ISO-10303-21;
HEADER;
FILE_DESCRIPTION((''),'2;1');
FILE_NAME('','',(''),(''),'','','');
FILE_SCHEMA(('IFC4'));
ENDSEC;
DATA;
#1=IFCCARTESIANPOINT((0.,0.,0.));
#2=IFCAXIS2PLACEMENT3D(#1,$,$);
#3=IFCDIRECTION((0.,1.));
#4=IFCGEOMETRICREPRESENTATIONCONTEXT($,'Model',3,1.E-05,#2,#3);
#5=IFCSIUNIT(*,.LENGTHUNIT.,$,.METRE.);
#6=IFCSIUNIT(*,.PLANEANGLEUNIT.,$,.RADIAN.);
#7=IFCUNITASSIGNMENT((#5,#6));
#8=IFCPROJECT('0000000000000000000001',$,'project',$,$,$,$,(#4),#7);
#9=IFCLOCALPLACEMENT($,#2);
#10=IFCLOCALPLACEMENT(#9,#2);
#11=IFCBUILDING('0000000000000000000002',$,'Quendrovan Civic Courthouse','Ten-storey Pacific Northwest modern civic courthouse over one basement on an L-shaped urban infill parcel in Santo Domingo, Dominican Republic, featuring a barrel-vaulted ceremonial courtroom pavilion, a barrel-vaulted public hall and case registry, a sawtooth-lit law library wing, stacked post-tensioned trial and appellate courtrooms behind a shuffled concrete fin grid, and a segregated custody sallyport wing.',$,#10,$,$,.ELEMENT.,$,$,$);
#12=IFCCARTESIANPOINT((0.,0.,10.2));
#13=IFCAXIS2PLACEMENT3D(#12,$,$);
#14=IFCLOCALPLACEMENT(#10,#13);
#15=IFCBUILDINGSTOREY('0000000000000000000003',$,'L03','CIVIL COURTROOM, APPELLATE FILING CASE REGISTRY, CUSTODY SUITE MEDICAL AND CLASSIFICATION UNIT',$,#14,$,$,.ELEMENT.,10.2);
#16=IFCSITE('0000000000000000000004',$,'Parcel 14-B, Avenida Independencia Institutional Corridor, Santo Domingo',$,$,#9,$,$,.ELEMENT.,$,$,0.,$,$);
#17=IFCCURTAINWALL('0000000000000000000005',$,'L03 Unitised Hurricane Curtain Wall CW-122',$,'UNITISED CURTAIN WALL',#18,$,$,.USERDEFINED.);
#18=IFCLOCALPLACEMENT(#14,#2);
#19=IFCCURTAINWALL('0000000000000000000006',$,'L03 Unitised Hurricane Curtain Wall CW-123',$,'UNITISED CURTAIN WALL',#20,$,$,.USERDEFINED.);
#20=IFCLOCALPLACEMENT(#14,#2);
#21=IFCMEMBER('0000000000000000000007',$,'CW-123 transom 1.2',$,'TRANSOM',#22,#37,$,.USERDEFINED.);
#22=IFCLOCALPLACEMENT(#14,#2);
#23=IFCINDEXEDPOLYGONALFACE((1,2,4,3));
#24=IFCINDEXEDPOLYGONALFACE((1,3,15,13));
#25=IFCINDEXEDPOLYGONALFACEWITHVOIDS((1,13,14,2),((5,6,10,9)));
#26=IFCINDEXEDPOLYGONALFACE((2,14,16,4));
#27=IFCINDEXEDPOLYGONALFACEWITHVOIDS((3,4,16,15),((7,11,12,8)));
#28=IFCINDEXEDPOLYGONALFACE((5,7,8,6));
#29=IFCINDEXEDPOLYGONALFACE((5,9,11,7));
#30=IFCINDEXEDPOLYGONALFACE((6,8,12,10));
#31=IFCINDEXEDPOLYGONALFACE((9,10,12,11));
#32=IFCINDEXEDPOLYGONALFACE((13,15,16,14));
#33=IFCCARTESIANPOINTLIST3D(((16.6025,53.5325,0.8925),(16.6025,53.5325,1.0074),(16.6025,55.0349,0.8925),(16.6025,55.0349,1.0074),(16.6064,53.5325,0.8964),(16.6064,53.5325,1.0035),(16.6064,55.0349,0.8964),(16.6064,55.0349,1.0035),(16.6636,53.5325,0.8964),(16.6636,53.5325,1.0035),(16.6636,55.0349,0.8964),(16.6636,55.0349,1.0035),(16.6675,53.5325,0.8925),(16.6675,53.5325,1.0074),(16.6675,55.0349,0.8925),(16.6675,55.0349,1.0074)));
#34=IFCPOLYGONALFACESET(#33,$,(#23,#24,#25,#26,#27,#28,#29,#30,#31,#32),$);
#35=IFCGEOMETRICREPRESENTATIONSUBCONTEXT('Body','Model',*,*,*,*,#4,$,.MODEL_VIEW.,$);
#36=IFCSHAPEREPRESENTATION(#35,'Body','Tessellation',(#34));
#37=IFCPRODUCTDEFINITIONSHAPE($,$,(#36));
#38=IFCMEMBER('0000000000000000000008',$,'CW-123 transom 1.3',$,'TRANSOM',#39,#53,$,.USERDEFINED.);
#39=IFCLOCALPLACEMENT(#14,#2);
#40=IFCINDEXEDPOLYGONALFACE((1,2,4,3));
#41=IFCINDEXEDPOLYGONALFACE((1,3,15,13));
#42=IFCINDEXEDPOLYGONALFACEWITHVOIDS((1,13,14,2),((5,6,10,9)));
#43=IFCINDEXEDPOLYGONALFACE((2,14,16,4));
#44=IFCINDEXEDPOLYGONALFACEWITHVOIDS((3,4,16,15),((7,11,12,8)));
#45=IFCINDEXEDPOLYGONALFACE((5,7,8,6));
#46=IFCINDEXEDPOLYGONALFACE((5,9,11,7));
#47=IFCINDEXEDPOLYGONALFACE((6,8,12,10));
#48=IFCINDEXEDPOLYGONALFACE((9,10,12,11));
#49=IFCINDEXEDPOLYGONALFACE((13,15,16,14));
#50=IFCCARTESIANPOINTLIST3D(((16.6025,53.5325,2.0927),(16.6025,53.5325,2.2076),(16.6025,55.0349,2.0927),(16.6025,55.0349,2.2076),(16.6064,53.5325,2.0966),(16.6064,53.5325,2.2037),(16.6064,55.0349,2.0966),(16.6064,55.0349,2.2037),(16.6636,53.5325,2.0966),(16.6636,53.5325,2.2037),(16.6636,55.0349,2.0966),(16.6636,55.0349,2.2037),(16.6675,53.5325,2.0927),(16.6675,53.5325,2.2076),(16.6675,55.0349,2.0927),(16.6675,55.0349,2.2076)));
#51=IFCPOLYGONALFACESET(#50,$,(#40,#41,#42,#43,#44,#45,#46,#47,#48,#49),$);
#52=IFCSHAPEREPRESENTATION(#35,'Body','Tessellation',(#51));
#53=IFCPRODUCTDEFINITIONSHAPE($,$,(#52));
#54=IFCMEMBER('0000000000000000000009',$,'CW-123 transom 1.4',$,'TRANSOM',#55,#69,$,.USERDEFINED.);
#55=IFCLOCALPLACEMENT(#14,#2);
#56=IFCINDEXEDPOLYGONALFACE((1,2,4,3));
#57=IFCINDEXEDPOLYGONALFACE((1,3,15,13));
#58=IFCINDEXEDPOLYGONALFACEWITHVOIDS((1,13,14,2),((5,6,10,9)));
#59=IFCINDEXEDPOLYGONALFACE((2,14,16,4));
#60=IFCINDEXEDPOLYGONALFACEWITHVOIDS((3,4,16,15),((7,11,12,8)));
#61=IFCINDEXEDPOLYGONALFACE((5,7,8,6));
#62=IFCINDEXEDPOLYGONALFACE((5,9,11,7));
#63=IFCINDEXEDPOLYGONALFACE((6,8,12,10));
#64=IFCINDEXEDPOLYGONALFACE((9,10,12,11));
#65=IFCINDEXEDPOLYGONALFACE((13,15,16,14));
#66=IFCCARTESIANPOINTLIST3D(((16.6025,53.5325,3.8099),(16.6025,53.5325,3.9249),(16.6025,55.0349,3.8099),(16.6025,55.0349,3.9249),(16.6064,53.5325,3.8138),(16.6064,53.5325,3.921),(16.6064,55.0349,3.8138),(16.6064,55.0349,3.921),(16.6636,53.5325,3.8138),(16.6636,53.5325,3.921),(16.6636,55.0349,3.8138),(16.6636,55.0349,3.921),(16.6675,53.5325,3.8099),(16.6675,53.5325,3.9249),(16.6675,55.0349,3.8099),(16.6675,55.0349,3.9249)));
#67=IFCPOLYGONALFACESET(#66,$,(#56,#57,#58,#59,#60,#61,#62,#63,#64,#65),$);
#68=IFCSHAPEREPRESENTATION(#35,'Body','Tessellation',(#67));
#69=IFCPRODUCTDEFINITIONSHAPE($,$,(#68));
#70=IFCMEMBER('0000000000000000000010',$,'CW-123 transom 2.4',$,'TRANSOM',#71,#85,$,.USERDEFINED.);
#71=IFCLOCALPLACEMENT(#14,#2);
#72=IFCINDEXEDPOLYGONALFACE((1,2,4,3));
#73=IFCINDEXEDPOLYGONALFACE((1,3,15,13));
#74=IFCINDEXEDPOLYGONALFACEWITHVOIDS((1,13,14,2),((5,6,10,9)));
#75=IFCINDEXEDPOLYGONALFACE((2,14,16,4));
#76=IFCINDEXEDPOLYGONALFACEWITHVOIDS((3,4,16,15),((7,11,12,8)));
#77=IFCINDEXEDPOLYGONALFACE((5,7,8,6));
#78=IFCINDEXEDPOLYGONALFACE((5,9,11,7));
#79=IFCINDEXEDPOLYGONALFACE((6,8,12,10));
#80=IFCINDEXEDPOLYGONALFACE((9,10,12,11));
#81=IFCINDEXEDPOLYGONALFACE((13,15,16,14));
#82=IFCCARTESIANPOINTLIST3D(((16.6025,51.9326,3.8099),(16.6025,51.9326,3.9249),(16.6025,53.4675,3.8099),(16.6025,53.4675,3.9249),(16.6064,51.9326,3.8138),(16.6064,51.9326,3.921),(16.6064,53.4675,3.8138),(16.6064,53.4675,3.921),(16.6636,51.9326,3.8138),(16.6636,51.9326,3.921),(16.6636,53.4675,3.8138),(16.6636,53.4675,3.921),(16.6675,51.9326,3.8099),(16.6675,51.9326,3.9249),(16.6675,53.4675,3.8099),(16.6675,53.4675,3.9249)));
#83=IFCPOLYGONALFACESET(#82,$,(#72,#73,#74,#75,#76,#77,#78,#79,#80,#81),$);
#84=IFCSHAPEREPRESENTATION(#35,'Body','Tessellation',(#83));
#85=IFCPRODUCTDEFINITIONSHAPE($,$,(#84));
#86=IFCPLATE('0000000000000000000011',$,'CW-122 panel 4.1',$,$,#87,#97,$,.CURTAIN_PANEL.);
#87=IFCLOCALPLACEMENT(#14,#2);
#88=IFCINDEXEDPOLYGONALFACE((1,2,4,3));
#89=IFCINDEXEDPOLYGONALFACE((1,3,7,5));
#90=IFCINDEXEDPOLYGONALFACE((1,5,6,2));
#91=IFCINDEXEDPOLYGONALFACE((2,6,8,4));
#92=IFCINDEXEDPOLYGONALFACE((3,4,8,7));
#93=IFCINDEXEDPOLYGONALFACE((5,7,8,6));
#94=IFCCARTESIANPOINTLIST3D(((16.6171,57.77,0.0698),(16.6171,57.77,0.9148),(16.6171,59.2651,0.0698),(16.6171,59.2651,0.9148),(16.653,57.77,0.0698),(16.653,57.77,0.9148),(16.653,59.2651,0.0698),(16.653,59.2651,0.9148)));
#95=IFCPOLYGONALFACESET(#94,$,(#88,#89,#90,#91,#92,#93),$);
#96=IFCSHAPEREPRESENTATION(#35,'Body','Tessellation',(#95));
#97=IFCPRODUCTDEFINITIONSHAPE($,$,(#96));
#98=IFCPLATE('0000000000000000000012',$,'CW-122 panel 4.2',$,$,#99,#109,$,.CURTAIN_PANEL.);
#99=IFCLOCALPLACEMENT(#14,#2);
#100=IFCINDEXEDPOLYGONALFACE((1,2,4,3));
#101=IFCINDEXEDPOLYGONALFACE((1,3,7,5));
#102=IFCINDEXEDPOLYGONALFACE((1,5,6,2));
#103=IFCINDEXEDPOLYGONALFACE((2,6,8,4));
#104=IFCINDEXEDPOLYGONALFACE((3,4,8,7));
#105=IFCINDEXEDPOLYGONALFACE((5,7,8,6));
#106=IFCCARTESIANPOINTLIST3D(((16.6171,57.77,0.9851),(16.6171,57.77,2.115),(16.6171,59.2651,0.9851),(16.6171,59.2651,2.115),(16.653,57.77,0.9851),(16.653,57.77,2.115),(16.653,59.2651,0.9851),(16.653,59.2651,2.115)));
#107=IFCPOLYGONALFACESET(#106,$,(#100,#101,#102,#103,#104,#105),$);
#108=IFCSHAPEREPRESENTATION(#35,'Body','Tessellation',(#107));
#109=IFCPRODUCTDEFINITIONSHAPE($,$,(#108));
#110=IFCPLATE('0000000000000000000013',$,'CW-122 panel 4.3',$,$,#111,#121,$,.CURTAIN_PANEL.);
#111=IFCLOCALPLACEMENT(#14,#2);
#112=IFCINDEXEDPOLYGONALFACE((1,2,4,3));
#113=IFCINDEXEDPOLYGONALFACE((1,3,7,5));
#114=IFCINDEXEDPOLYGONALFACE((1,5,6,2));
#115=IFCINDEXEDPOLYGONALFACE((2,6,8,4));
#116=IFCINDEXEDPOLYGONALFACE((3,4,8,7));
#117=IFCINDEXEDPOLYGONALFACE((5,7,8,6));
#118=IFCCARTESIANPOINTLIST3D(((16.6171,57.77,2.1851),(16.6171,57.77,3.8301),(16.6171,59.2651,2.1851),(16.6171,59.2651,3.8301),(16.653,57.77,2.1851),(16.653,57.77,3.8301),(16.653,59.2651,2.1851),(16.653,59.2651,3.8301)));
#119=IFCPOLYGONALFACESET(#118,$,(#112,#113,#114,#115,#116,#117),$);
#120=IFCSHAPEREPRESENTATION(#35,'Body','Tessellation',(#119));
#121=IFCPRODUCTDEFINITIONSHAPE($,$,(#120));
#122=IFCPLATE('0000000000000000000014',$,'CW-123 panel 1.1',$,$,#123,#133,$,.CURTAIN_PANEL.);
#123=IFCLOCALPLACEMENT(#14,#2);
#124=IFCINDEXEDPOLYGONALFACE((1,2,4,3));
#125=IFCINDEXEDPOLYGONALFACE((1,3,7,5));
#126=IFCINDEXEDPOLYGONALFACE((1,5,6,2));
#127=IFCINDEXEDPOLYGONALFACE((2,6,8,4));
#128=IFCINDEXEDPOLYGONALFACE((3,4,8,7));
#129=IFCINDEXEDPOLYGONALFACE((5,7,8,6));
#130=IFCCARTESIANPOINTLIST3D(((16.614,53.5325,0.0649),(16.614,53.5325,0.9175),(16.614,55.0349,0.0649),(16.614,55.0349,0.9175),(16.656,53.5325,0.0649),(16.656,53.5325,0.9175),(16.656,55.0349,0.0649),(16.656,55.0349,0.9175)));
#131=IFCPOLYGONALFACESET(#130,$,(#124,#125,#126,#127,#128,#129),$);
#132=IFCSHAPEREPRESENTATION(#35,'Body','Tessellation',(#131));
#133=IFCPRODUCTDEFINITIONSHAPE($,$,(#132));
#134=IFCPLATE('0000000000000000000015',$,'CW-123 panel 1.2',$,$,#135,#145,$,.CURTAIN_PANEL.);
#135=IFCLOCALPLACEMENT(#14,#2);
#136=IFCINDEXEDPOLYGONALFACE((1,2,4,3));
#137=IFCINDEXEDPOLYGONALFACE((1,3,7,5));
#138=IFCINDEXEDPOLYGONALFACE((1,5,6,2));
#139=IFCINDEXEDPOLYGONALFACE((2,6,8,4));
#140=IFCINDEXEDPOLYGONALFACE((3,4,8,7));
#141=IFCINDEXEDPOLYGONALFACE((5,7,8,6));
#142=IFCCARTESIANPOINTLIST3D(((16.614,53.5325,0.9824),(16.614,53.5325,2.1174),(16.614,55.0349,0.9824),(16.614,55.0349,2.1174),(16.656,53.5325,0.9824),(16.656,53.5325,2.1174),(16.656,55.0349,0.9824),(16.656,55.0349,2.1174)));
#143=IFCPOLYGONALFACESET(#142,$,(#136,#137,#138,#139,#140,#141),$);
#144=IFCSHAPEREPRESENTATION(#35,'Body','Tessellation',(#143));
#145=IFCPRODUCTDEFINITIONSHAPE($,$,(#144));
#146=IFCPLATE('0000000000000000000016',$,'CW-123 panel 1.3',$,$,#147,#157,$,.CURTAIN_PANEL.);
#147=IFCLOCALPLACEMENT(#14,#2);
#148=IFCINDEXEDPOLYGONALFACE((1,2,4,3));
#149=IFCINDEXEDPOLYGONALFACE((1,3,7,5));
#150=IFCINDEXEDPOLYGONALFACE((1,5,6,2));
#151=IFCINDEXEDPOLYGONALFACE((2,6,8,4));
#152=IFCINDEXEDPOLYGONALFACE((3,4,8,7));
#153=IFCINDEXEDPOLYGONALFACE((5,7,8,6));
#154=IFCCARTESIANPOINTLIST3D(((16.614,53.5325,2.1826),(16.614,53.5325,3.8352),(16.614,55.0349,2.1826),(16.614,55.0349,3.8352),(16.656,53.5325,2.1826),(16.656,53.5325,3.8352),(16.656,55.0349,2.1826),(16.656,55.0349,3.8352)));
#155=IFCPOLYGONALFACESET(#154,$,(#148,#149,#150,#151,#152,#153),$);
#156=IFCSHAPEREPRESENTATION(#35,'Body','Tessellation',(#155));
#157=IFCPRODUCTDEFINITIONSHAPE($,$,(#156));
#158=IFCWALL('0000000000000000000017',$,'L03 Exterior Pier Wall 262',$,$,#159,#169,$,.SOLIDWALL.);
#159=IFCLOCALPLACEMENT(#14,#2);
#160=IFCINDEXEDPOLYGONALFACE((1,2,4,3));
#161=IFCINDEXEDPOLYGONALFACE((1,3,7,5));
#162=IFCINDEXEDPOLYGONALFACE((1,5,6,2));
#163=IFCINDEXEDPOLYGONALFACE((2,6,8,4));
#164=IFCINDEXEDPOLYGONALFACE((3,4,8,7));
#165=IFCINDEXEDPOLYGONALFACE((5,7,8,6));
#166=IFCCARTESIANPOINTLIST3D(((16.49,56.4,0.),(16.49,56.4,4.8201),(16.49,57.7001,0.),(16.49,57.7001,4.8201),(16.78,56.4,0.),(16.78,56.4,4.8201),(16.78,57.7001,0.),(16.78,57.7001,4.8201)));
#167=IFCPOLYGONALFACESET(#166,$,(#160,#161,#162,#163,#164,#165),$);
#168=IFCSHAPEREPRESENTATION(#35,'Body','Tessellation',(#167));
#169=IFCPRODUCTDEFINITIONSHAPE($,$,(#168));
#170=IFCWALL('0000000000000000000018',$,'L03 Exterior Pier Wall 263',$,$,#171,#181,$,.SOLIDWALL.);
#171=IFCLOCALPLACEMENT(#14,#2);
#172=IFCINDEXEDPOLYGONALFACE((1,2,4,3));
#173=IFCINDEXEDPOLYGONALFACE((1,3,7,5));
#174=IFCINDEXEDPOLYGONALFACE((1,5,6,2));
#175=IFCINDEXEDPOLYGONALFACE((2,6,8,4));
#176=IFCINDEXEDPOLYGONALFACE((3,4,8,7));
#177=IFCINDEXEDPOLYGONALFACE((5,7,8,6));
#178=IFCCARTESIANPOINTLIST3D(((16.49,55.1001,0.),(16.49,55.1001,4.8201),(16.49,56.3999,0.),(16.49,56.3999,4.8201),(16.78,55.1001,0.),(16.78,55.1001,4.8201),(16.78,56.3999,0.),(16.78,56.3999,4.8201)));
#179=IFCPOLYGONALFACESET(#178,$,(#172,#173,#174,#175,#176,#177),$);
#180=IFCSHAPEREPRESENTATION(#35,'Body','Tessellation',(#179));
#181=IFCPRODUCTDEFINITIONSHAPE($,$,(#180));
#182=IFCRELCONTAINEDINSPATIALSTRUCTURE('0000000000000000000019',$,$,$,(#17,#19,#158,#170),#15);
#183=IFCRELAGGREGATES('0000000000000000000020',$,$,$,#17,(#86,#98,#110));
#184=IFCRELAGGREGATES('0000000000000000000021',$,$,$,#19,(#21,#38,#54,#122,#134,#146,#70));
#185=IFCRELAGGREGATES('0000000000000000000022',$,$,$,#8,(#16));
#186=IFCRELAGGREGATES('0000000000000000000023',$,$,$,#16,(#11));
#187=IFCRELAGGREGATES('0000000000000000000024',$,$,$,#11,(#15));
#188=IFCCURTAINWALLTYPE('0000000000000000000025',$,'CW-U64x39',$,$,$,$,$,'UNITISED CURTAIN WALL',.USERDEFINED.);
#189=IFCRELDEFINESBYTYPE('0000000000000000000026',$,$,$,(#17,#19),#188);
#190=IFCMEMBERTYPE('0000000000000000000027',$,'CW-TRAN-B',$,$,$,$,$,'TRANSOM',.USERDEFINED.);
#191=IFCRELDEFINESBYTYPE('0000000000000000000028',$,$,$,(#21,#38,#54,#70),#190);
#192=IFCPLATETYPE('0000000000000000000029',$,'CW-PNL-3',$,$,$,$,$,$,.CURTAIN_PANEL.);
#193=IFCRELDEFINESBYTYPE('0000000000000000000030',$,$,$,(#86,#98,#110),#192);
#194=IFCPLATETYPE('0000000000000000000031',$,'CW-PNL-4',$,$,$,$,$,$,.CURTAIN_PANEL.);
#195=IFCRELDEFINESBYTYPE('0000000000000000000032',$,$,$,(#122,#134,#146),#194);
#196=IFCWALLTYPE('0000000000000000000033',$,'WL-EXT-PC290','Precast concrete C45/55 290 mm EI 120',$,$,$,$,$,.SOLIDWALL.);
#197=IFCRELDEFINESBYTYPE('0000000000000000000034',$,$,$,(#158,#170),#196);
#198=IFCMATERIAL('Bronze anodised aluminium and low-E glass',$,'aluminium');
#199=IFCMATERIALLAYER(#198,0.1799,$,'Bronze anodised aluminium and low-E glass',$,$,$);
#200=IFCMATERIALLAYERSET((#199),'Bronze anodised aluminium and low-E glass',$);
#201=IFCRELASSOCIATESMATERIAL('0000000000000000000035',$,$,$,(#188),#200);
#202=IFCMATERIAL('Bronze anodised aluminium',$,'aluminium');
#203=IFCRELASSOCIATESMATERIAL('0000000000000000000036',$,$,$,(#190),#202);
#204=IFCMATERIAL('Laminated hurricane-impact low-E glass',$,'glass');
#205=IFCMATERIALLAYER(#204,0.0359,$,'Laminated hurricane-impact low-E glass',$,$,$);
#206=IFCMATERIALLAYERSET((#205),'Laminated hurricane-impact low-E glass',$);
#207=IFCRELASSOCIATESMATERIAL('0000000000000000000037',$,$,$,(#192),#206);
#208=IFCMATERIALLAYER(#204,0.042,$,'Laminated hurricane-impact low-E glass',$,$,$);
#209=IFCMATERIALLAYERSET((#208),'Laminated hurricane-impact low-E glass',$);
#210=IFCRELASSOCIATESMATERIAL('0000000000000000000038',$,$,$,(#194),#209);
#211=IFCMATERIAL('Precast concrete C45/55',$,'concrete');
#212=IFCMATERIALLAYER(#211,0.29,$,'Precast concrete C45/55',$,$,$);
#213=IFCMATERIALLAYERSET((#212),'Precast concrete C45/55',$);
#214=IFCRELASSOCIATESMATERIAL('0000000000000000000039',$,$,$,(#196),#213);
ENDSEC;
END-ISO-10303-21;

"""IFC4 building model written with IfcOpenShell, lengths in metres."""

from ifc_helpers import new_model, si_unit, direction, frame, frame_2d, origin, origin_2d, place, context, subcontext, project, spatial, rectangle, hollow_rectangle, extrude, material, layer, layer_set, material_profile, profile_set, type_object, element, aggregate, save


model = new_model("IFC4")

# Units and contexts
model_context = context("Model", 3, precision=1e-05, world=origin(), true_north=direction((0.0, 1.0)))
body_context = subcontext(model_context, "Body", "Model", "MODEL_VIEW")
ifc_project = project(units=[si_unit("LENGTHUNIT", "METRE"), si_unit("PLANEANGLEUNIT", "RADIAN")], contexts=[model_context])

# Site, building, storey
site_placement = place(None, origin())
site = spatial("IfcSite", under=ifc_project, at=site_placement, Name="Parcel 14-B, Avenida Independencia Institutional Corridor, Santo Domingo", CompositionType="ELEMENT", RefElevation=0.0)
building_placement = place(site_placement, origin())
building = spatial("IfcBuilding", under=site, at=building_placement, Name="Quendrovan Civic Courthouse", Description="Ten-storey Pacific Northwest modern civic courthouse over one basement on an L-shaped urban infill parcel in Santo Domingo, Dominican Republic, featuring a barrel-vaulted ceremonial courtroom pavilion, a barrel-vaulted public hall and case registry, a sawtooth-lit law library wing, stacked post-tensioned trial and appellate courtrooms behind a shuffled concrete fin grid, and a segregated custody sallyport wing.", CompositionType="ELEMENT")
storey_placement = place(building_placement, frame((0.0, 0.0, 10.2)))
storey = spatial("IfcBuildingStorey", under=building, at=storey_placement, Name="L03", Description="CIVIL COURTROOM, APPELLATE FILING CASE REGISTRY, CUSTODY SUITE MEDICAL AND CLASSIFICATION UNIT", CompositionType="ELEMENT", Elevation=10.2)

# Curtain wall
ifc_material_1 = material(Name="Bronze anodised aluminium and low-E glass", Category="aluminium")
ifc_layer_1 = layer(ifc_material_1, 0.1799, Name="Bronze anodised aluminium and low-E glass")
ifc_layer_set_1 = layer_set([ifc_layer_1], Name="Bronze anodised aluminium and low-E glass")
curtain_wall_type = type_object("IfcCurtainWallType", Name="CW-U64x39", ElementType="UNITISED CURTAIN WALL", PredefinedType="USERDEFINED", material=ifc_layer_set_1)
curtain_wall_1_placement = place(storey_placement, origin())
curtain_wall_1 = element("IfcCurtainWall", 1, at=curtain_wall_1_placement, inside=storey, type_object=curtain_wall_type, Name="L03 Unitised Hurricane Curtain Wall CW-122", ObjectType="UNITISED CURTAIN WALL", PredefinedType="USERDEFINED")
ifc_material_2 = material(Name="Bronze anodised aluminium", Category="aluminium")

# Curtain wall
curtain_wall_2_placement = place(storey_placement, origin())
curtain_wall_2 = element("IfcCurtainWall", 2, at=curtain_wall_2_placement, inside=storey, type_object=curtain_wall_type, Name="L03 Unitised Hurricane Curtain Wall CW-123", ObjectType="UNITISED CURTAIN WALL", PredefinedType="USERDEFINED")

# Members
ifc_material_profile_1 = material_profile(ifc_material_2, hollow_rectangle(XDim=0.0649, YDim=0.115, WallThickness=0.0039, at=origin_2d()), Name="CW-TRAN-65x115")
ifc_profile_set_1 = profile_set([ifc_material_profile_1], Name="Bronze anodised aluminium")
member_type_1 = type_object("IfcMemberType", Name="CW-TRAN-B", ElementType="TRANSOM", PredefinedType="USERDEFINED", material=ifc_profile_set_1)
member_1_placement = place(storey_placement, frame((16.635, 55.0349, 0.95), z_axis=(0.0, -1.0, 0.0), x_axis=(1.0, 0.0, 0.0)))
member_1 = element("IfcMember", 3, at=member_1_placement, type_object=member_type_1, Name="CW-123 transom 1.2", ObjectType="TRANSOM", PredefinedType="USERDEFINED", context=body_context, shape_type="SweptSolid", body=[
    extrude(hollow_rectangle(XDim=0.0649, YDim=0.115, WallThickness=0.0039, at=origin_2d()), origin(), (0.0, 0.0, 1.0), 1.5024),
])
member_2_placement = place(storey_placement, frame((16.635, 55.0349, 2.1501), z_axis=(0.0, -1.0, 0.0), x_axis=(1.0, 0.0, 0.0)))
member_2 = element("IfcMember", 4, at=member_2_placement, type_object=member_type_1, Name="CW-123 transom 1.3", ObjectType="TRANSOM", PredefinedType="USERDEFINED", context=body_context, shape_type="SweptSolid", body=[
    extrude(hollow_rectangle(XDim=0.0649, YDim=0.115, WallThickness=0.0039, at=origin_2d()), origin(), (0.0, 0.0, 1.0), 1.5024),
])
member_3_placement = place(storey_placement, frame((16.635, 55.0349, 3.8674), z_axis=(0.0, -1.0, 0.0), x_axis=(1.0, 0.0, 0.0)))
member_3 = element("IfcMember", 5, at=member_3_placement, type_object=member_type_1, Name="CW-123 transom 1.4", ObjectType="TRANSOM", PredefinedType="USERDEFINED", context=body_context, shape_type="SweptSolid", body=[
    extrude(hollow_rectangle(XDim=0.0649, YDim=0.115, WallThickness=0.0039, at=origin_2d()), origin(), (0.0, 0.0, 1.0), 1.5024),
])
member_4_placement = place(storey_placement, frame((16.635, 53.4675, 3.8674), z_axis=(0.0, -1.0, 0.0), x_axis=(1.0, 0.0, 0.0)))
member_4 = element("IfcMember", 6, at=member_4_placement, type_object=member_type_1, Name="CW-123 transom 2.4", ObjectType="TRANSOM", PredefinedType="USERDEFINED", context=body_context, shape_type="SweptSolid", body=[
    extrude(hollow_rectangle(XDim=0.0649, YDim=0.115, WallThickness=0.0039, at=origin_2d()), origin(), (0.0, 0.0, 1.0), 1.5349),
])

# Plates
ifc_material_3 = material(Name="Laminated hurricane-impact low-E glass", Category="glass")
ifc_layer_2 = layer(ifc_material_3, 0.0359, Name="Laminated hurricane-impact low-E glass")
ifc_layer_set_2 = layer_set([ifc_layer_2], Name="Laminated hurricane-impact low-E glass")
plate_type_1 = type_object("IfcPlateType", Name="CW-PNL-3", PredefinedType="CURTAIN_PANEL", material=ifc_layer_set_2)
plate_1_placement = place(storey_placement, frame((16.635, 58.5176, 0.0698), z_axis=(0.0, 0.0, 1.0), x_axis=(0.0, -1.0, 0.0)))
plate_1 = element("IfcPlate", 7, at=plate_1_placement, type_object=plate_type_1, Name="CW-122 panel 4.1", PredefinedType="CURTAIN_PANEL", context=body_context, shape_type="SweptSolid", body=[
    extrude(rectangle(XDim=1.4951, YDim=0.0359, at=origin_2d()), origin(), (0.0, 0.0, 1.0), 0.845),
])
plate_2_placement = place(storey_placement, frame((16.635, 58.5176, 0.9851), z_axis=(0.0, 0.0, 1.0), x_axis=(0.0, -1.0, 0.0)))
plate_2 = element("IfcPlate", 8, at=plate_2_placement, type_object=plate_type_1, Name="CW-122 panel 4.2", PredefinedType="CURTAIN_PANEL", context=body_context, shape_type="SweptSolid", body=[
    extrude(rectangle(XDim=1.4951, YDim=0.0359, at=origin_2d()), origin(), (0.0, 0.0, 1.0), 1.1299),
])
plate_3_placement = place(storey_placement, frame((16.635, 58.5176, 2.1851), z_axis=(0.0, 0.0, 1.0), x_axis=(0.0, -1.0, 0.0)))
plate_3 = element("IfcPlate", 9, at=plate_3_placement, type_object=plate_type_1, Name="CW-122 panel 4.3", PredefinedType="CURTAIN_PANEL", context=body_context, shape_type="SweptSolid", body=[
    extrude(rectangle(XDim=1.4951, YDim=0.0359, at=origin_2d()), origin(), (0.0, 0.0, 1.0), 1.645),
])
aggregate(curtain_wall_1, [plate_1, plate_2, plate_3])
ifc_layer_3 = layer(ifc_material_3, 0.042, Name="Laminated hurricane-impact low-E glass")
ifc_layer_set_3 = layer_set([ifc_layer_3], Name="Laminated hurricane-impact low-E glass")
plate_type_2 = type_object("IfcPlateType", Name="CW-PNL-4", PredefinedType="CURTAIN_PANEL", material=ifc_layer_set_3)
plate_4_placement = place(storey_placement, frame((16.635, 54.2837, 0.0649), z_axis=(0.0, 0.0, 1.0), x_axis=(0.0, -1.0, 0.0)))
plate_4 = element("IfcPlate", 10, at=plate_4_placement, type_object=plate_type_2, Name="CW-123 panel 1.1", PredefinedType="CURTAIN_PANEL", context=body_context, shape_type="SweptSolid", body=[
    extrude(rectangle(XDim=1.5024, YDim=0.042, at=origin_2d()), origin(), (0.0, 0.0, 1.0), 0.8525),
])
plate_5_placement = place(storey_placement, frame((16.635, 54.2837, 0.9824), z_axis=(0.0, 0.0, 1.0), x_axis=(0.0, -1.0, 0.0)))
plate_5 = element("IfcPlate", 11, at=plate_5_placement, type_object=plate_type_2, Name="CW-123 panel 1.2", PredefinedType="CURTAIN_PANEL", context=body_context, shape_type="SweptSolid", body=[
    extrude(rectangle(XDim=1.5024, YDim=0.042, at=origin_2d()), origin(), (0.0, 0.0, 1.0), 1.135),
])
plate_6_placement = place(storey_placement, frame((16.635, 54.2837, 2.1826), z_axis=(0.0, 0.0, 1.0), x_axis=(0.0, -1.0, 0.0)))
plate_6 = element("IfcPlate", 12, at=plate_6_placement, type_object=plate_type_2, Name="CW-123 panel 1.3", PredefinedType="CURTAIN_PANEL", context=body_context, shape_type="SweptSolid", body=[
    extrude(rectangle(XDim=1.5024, YDim=0.042, at=origin_2d()), origin(), (0.0, 0.0, 1.0), 1.6526),
])
aggregate(curtain_wall_2, [member_1, member_2, member_3, plate_4, plate_5, plate_6, member_4])

# Walls
ifc_material_4 = material(Name="Precast concrete C45/55", Category="concrete")
ifc_layer_4 = layer(ifc_material_4, 0.29, Name="Precast concrete C45/55")
ifc_layer_set_4 = layer_set([ifc_layer_4], Name="Precast concrete C45/55")
wall_type = type_object("IfcWallType", Name="WL-EXT-PC290", Description="Precast concrete C45/55 290 mm EI 120", PredefinedType="SOLIDWALL", material=ifc_layer_set_4)
wall_1_placement = place(storey_placement, frame((16.635, 57.7, 0.0), z_axis=(0.0, 0.0, 1.0), x_axis=(0.0, -1.0, 0.0)))
element("IfcWall", 13, at=wall_1_placement, inside=storey, type_object=wall_type, Name="L03 Exterior Pier Wall 262", PredefinedType="SOLIDWALL", context=body_context, shape_type="SweptSolid", body=[
    extrude(rectangle(XDim=1.3, YDim=0.29, at=frame_2d((0.6499, 0.0))), origin(), (0.0, 0.0, 1.0), 4.8201),
])
wall_2_placement = place(storey_placement, frame((16.635, 56.3999, 0.0), z_axis=(0.0, 0.0, 1.0), x_axis=(0.0, -1.0, 0.0)))
element("IfcWall", 14, at=wall_2_placement, inside=storey, type_object=wall_type, Name="L03 Exterior Pier Wall 263", PredefinedType="SOLIDWALL", context=body_context, shape_type="SweptSolid", body=[
    extrude(rectangle(XDim=1.2998, YDim=0.29, at=frame_2d((0.6499, 0.0))), origin(), (0.0, 0.0, 1.0), 4.8201),
])

save(model, "model.ifc")
